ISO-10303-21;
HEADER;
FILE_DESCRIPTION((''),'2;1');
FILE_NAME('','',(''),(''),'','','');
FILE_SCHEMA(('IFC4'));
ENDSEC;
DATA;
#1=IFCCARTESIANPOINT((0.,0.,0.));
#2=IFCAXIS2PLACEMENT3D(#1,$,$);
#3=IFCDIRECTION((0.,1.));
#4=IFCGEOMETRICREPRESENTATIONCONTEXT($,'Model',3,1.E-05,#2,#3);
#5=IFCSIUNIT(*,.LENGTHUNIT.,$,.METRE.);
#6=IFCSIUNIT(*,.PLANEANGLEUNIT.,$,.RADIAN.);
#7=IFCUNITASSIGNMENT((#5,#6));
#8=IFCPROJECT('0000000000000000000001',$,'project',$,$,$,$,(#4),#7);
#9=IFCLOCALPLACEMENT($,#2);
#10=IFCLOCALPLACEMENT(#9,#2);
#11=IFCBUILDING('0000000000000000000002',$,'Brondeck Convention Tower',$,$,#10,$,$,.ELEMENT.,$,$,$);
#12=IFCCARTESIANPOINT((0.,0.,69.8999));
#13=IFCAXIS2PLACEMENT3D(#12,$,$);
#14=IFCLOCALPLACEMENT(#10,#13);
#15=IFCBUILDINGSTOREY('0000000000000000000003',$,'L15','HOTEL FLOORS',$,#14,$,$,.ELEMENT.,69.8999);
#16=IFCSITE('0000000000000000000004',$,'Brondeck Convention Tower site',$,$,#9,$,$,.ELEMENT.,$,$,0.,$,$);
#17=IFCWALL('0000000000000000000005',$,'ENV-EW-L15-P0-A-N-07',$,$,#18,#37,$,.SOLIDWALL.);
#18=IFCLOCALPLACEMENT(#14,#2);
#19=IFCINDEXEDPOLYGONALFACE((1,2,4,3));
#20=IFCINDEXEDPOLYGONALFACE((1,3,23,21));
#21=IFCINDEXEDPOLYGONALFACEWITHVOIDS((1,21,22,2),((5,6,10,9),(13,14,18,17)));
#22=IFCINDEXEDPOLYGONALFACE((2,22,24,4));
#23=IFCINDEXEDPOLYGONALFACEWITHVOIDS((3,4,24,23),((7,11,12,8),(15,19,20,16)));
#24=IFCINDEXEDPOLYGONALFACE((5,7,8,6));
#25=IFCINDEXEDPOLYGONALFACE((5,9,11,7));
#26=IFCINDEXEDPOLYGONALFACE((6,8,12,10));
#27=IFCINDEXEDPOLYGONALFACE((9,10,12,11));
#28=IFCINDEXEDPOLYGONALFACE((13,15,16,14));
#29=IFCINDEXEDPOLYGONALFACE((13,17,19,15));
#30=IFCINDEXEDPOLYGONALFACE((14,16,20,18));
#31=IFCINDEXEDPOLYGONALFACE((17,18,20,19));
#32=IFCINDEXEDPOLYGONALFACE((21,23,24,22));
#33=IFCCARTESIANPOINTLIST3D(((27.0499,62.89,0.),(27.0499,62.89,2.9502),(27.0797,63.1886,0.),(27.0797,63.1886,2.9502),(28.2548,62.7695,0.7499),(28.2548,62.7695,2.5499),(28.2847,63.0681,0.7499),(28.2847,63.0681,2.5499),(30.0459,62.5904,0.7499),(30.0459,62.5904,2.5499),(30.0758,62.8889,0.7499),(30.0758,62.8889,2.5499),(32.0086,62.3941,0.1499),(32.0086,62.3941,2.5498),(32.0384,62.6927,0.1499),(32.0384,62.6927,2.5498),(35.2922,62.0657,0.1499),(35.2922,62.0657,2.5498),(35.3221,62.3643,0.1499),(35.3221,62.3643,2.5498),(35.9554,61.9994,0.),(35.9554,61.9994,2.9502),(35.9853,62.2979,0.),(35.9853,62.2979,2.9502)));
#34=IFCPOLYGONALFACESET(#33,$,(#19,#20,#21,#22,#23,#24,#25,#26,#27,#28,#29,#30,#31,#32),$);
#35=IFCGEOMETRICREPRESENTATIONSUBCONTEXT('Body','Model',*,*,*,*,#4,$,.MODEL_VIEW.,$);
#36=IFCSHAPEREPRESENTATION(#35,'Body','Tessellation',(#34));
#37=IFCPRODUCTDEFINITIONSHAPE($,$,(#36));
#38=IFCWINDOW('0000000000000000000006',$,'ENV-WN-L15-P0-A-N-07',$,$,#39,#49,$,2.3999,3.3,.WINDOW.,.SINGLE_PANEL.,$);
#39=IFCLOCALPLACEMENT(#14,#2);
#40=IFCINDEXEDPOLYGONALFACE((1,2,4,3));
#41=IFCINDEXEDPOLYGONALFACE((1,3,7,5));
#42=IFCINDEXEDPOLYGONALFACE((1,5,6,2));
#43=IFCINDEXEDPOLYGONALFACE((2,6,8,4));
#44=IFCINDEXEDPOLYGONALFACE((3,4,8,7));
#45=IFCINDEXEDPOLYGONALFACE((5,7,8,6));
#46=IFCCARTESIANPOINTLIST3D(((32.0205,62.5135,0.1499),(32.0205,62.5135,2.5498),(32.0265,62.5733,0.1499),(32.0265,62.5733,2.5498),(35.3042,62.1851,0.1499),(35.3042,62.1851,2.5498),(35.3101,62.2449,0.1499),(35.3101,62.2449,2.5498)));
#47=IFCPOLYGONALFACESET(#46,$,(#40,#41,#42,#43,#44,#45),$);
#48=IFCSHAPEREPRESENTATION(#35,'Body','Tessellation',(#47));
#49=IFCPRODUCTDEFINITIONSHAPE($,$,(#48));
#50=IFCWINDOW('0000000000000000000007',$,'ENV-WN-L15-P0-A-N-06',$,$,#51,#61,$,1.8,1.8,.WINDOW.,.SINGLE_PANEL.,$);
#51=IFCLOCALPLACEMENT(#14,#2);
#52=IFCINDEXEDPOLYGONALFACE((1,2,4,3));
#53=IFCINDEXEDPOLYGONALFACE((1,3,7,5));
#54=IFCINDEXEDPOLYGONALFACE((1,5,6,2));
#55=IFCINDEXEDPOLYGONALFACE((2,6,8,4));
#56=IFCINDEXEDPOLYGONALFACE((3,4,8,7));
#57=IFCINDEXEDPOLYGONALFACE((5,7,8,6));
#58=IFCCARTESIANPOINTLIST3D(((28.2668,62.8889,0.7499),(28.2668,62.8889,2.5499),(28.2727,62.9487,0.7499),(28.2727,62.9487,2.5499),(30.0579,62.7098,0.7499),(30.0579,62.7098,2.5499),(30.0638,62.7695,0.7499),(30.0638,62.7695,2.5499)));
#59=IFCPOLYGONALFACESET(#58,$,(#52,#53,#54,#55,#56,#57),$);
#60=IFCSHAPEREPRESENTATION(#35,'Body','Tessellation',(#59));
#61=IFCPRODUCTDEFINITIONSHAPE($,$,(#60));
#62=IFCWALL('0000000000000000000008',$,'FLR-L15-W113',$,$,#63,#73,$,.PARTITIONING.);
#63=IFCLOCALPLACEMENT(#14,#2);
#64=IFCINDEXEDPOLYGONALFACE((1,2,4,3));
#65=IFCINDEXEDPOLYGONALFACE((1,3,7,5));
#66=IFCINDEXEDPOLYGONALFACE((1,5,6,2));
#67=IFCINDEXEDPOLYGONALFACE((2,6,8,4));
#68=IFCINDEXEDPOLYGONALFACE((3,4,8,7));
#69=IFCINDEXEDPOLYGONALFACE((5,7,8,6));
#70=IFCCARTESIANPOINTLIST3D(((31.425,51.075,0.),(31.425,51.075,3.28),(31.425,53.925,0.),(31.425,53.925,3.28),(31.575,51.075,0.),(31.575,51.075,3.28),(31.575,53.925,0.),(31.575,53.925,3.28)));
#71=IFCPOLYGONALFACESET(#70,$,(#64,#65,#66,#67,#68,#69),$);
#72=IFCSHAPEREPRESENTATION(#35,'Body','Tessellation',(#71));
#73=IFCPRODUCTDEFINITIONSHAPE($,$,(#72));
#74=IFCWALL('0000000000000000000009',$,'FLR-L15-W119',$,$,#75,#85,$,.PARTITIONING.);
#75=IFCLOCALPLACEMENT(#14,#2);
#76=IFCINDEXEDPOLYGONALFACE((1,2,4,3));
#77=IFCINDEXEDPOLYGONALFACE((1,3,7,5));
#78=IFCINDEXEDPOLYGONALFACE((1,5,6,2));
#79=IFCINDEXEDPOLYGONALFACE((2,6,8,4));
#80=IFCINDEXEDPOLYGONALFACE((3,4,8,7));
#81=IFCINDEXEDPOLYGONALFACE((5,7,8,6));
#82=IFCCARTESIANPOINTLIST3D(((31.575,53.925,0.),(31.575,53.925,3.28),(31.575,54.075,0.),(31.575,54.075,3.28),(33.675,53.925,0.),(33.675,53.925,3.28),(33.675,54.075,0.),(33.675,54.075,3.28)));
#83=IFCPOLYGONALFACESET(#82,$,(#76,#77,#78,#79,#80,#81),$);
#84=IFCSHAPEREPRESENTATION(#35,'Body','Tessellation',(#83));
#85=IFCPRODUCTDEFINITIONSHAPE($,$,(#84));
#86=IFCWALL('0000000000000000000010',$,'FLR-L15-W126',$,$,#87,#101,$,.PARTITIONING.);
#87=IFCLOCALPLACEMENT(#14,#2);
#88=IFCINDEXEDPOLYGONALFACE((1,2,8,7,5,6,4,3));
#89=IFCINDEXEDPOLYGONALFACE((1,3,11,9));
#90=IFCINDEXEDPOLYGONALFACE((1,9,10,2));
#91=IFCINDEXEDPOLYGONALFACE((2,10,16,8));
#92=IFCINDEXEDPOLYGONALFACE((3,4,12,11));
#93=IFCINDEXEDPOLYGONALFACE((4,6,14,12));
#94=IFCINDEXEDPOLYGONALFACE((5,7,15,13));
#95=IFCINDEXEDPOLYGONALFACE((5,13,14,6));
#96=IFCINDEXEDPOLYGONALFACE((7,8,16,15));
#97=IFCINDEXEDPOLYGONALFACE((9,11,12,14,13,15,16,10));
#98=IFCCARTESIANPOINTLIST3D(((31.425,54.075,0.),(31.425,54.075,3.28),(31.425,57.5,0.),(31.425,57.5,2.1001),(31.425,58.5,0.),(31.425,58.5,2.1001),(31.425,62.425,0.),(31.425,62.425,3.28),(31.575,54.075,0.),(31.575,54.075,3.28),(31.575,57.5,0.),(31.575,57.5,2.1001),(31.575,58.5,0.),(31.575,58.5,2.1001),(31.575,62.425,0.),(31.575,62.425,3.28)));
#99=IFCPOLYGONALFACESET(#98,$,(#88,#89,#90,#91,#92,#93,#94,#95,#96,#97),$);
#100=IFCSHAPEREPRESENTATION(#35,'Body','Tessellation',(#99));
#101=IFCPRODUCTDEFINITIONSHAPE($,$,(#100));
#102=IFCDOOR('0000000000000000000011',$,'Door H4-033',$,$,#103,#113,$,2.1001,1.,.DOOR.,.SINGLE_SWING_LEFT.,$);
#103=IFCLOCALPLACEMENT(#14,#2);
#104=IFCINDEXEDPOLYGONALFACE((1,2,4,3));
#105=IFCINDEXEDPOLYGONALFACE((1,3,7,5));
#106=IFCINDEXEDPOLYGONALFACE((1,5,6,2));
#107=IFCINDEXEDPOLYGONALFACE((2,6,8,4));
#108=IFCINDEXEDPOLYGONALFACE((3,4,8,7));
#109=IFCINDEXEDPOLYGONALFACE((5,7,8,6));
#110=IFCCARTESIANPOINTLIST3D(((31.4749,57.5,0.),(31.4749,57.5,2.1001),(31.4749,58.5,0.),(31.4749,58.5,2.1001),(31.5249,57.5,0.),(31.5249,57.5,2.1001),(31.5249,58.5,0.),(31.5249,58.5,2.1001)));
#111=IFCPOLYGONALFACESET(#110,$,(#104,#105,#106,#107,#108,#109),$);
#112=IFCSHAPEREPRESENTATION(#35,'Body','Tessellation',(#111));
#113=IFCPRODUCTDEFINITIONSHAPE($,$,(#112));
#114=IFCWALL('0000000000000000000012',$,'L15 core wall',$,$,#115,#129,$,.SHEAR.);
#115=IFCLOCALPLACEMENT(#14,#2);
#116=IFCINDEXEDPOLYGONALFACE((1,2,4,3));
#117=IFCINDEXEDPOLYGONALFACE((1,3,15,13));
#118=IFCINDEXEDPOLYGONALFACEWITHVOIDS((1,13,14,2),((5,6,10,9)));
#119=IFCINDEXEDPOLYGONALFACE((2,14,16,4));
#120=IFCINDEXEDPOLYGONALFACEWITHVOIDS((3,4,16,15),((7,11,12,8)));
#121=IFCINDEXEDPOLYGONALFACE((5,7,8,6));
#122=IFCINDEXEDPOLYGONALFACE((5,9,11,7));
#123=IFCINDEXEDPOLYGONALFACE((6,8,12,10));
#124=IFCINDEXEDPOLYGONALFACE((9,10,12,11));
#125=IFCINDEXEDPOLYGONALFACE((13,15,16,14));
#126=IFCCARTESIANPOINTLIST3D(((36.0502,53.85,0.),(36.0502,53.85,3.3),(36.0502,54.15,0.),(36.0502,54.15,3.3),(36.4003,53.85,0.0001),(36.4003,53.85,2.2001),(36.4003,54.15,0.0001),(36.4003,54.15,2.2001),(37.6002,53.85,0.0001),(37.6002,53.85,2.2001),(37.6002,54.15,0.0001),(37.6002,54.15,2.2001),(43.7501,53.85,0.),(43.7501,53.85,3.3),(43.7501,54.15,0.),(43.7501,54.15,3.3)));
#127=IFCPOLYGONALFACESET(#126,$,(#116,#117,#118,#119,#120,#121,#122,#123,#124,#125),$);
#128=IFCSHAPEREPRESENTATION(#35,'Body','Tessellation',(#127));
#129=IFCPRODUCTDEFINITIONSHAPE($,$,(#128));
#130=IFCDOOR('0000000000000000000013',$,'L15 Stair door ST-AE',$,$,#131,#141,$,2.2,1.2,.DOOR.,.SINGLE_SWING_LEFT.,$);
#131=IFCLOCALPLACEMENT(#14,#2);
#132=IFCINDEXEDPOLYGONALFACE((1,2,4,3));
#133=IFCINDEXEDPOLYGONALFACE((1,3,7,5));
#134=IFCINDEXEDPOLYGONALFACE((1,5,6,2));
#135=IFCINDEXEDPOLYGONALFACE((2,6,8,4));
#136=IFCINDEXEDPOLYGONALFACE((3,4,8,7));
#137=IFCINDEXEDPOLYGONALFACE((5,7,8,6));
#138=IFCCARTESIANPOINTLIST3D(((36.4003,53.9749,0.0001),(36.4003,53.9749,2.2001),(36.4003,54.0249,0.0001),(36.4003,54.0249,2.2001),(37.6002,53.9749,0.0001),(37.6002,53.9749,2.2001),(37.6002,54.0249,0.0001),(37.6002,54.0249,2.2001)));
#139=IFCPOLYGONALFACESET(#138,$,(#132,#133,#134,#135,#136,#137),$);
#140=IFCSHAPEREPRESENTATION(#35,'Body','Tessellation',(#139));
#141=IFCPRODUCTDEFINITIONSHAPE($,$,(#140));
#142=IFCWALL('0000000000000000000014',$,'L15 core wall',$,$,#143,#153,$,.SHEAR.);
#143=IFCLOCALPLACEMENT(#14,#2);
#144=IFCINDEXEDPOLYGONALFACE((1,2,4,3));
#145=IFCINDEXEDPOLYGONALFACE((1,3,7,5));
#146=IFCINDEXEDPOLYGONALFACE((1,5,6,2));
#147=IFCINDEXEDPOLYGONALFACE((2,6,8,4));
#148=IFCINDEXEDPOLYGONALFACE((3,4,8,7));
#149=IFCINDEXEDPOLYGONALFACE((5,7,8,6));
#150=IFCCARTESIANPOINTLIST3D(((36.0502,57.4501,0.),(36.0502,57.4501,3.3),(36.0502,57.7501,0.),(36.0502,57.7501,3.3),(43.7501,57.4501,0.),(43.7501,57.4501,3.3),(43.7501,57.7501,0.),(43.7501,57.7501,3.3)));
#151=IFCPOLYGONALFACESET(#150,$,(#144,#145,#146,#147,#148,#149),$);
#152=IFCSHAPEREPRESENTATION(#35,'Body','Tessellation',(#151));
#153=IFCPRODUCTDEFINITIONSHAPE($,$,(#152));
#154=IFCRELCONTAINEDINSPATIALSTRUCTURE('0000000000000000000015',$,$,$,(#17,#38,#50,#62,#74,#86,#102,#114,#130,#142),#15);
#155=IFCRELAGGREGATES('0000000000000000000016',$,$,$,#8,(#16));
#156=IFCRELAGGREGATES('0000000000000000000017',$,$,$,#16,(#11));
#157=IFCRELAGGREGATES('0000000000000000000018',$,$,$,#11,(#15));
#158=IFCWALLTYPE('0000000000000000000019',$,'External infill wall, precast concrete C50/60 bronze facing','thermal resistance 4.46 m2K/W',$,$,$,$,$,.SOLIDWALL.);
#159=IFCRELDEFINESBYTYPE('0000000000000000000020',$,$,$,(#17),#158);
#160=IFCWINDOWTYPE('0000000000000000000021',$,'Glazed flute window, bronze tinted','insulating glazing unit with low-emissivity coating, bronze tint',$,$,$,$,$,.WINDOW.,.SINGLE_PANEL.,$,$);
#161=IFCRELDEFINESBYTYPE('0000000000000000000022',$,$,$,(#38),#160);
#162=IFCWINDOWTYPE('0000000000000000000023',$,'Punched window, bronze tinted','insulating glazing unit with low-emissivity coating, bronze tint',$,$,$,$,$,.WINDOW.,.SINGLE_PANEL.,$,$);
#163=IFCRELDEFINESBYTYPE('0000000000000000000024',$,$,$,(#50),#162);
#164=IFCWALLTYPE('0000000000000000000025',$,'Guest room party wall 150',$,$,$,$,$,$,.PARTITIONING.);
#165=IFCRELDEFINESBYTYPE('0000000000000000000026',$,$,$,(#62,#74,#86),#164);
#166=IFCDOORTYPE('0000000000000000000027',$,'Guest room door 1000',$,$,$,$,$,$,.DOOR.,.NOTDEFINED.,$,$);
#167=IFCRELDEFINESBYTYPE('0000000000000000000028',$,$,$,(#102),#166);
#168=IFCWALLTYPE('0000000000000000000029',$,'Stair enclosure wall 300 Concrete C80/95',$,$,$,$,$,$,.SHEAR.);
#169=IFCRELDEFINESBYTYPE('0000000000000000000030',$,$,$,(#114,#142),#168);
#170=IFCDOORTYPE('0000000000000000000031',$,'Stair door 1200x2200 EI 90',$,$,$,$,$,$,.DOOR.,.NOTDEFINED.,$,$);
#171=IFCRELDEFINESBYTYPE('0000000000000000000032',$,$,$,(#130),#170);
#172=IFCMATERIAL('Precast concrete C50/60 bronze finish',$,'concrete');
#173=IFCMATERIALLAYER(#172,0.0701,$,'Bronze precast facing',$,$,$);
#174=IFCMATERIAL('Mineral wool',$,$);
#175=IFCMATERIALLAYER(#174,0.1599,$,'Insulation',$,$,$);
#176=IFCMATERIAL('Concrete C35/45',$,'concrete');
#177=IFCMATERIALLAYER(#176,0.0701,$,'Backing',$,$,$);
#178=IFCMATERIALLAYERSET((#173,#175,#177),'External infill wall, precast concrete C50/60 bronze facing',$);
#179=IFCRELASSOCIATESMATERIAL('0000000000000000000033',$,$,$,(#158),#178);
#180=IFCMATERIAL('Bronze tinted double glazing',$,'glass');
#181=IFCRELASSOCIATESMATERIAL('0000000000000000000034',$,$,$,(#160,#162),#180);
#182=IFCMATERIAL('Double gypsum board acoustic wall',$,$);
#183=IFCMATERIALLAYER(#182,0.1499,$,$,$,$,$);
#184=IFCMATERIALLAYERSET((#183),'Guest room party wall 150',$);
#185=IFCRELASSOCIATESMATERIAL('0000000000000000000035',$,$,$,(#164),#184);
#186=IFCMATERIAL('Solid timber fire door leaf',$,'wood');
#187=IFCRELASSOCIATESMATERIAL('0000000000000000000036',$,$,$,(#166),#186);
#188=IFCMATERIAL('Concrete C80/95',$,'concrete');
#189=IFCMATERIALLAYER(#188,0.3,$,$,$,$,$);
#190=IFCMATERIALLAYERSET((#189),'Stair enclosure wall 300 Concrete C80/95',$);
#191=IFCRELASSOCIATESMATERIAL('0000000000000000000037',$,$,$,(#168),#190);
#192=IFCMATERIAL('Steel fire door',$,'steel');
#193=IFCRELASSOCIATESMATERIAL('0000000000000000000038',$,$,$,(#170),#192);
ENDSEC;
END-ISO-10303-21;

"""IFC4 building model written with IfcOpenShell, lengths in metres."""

from ifc_helpers import new_model, si_unit, direction, frame, frame_2d, origin, place, context, subcontext, project, spatial, rectangle, extrude, material, layer, layer_set, type_object, element, fill, save


model = new_model("IFC4")

# Units and contexts
model_context = context("Model", 3, precision=1e-05, world=origin(), true_north=direction((0.0, 1.0)))
body_context = subcontext(model_context, "Body", "Model", "MODEL_VIEW")
ifc_project = project(units=[si_unit("LENGTHUNIT", "METRE"), si_unit("PLANEANGLEUNIT", "RADIAN")], contexts=[model_context])

# Site, building, storey
site_placement = place(None, origin())
site = spatial("IfcSite", under=ifc_project, at=site_placement, Name="Brondeck Convention Tower site", CompositionType="ELEMENT", RefElevation=0.0)
building_placement = place(site_placement, origin())
building = spatial("IfcBuilding", under=site, at=building_placement, Name="Brondeck Convention Tower", CompositionType="ELEMENT")
storey_placement = place(building_placement, frame((0.0, 0.0, 69.8999)))
storey = spatial("IfcBuildingStorey", under=building, at=storey_placement, Name="L15", Description="HOTEL FLOORS", CompositionType="ELEMENT", Elevation=69.8999)

# Shared definitions
ifc_material_1 = material(Name="Concrete C80/95", Category="concrete")

# Wall, openings, windows
ifc_material_2 = material(Name="Precast concrete C50/60 bronze finish", Category="concrete")
ifc_layer_1 = layer(ifc_material_2, 0.0701, Name="Bronze precast facing")
ifc_material_3 = material(Name="Mineral wool")
ifc_layer_2 = layer(ifc_material_3, 0.1599, Name="Insulation")
ifc_material_4 = material(Name="Concrete C35/45", Category="concrete")
ifc_layer_3 = layer(ifc_material_4, 0.0701, Name="Backing")
ifc_layer_set_1 = layer_set([ifc_layer_1, ifc_layer_2, ifc_layer_3], Name="External infill wall, precast concrete C50/60 bronze facing")
wall_type_1 = type_object("IfcWallType", Name="External infill wall, precast concrete C50/60 bronze facing", Description="thermal resistance 4.46 m2K/W", PredefinedType="SOLIDWALL", material=ifc_layer_set_1)
ifc_material_5 = material(Name="Bronze tinted double glazing", Category="glass")
window_type_1 = type_object("IfcWindowType", Name="Glazed flute window, bronze tinted", Description="insulating glazing unit with low-emissivity coating, bronze tint", PartitioningType="SINGLE_PANEL", PredefinedType="WINDOW", material=ifc_material_5)
window_type_2 = type_object("IfcWindowType", Name="Punched window, bronze tinted", Description="insulating glazing unit with low-emissivity coating, bronze tint", PartitioningType="SINGLE_PANEL", PredefinedType="WINDOW", material=ifc_material_5)
wall_1_placement = place(storey_placement, frame((27.0647, 63.0393, 0.0), z_axis=(0.0, 0.0, 1.0), x_axis=(0.995036, -0.099512, 0.0)))
wall_1 = element("IfcWall", 1, at=wall_1_placement, inside=storey, type_object=wall_type_1, Name="ENV-EW-L15-P0-A-N-07", PredefinedType="SOLIDWALL", context=body_context, shape_type="SweptSolid", body=[
    extrude(rectangle(XDim=8.95, YDim=0.3, at=frame_2d((4.4751, 0.0))), origin(), (0.0, 0.0, 1.0), 2.9502),
])
opening_1_placement = place(wall_1_placement, frame((1.2112, 0.0, 0.75)))
opening_1 = element("IfcOpeningElement", 2, at=opening_1_placement, cuts=wall_1, PredefinedType="OPENING", context=body_context, shape_type="SweptSolid", body=[
    extrude(rectangle(XDim=1.8, YDim=1.8, at=frame_2d((0.8999, 0.8999))), frame((0.0, 0.1599, 0.0), z_axis=(0.0, -1.0, 0.0), x_axis=(1.0, 0.0, 0.0)), (0.0, 0.0, 1.0), 0.3201),
])
opening_2_placement = place(wall_1_placement, frame((4.9836, 0.0, 0.1499)))
opening_2 = element("IfcOpeningElement", 3, at=opening_2_placement, cuts=wall_1, PredefinedType="OPENING", context=body_context, shape_type="SweptSolid", body=[
    extrude(rectangle(XDim=3.3, YDim=2.3999, at=frame_2d((1.6499, 1.2))), frame((0.0, 0.1599, 0.0), z_axis=(0.0, -1.0, 0.0), x_axis=(1.0, 0.0, 0.0)), (0.0, 0.0, 1.0), 0.3201),
])
window_1_placement = place(opening_2_placement, origin())
window_1 = element("IfcWindow", 4, at=window_1_placement, inside=storey, type_object=window_type_1, Name="ENV-WN-L15-P0-A-N-07", OverallHeight=2.3999, OverallWidth=3.3, PartitioningType="SINGLE_PANEL", PredefinedType="WINDOW", context=body_context, shape_type="SweptSolid", body=[
    extrude(rectangle(XDim=3.3, YDim=2.3999, at=frame_2d((1.6499, 1.2))), frame((0.0, 0.03, 0.0), z_axis=(0.0, -1.0, 0.0), x_axis=(1.0, 0.0, 0.0)), (0.0, 0.0, 1.0), 0.0601),
])
fill(opening_2, window_1)
window_2_placement = place(opening_1_placement, origin())
window_2 = element("IfcWindow", 5, at=window_2_placement, inside=storey, type_object=window_type_2, Name="ENV-WN-L15-P0-A-N-06", OverallHeight=1.8, OverallWidth=1.8, PartitioningType="SINGLE_PANEL", PredefinedType="WINDOW", context=body_context, shape_type="SweptSolid", body=[
    extrude(rectangle(XDim=1.8, YDim=1.8, at=frame_2d((0.8999, 0.8999))), frame((0.0, 0.03, 0.0), z_axis=(0.0, -1.0, 0.0), x_axis=(1.0, 0.0, 0.0)), (0.0, 0.0, 1.0), 0.0601),
])
fill(opening_1, window_2)

# Walls
ifc_material_6 = material(Name="Double gypsum board acoustic wall")
ifc_layer_4 = layer(ifc_material_6, 0.1499)
ifc_layer_set_2 = layer_set([ifc_layer_4], Name="Guest room party wall 150")
wall_type_2 = type_object("IfcWallType", Name="Guest room party wall 150", PredefinedType="PARTITIONING", material=ifc_layer_set_2)
wall_2_placement = place(storey_placement, frame((31.5, 53.925, 0.0), z_axis=(0.0, 0.0, 1.0), x_axis=(0.0, -1.0, 0.0)))
element("IfcWall", 6, at=wall_2_placement, inside=storey, type_object=wall_type_2, Name="FLR-L15-W113", PredefinedType="PARTITIONING", context=body_context, shape_type="SweptSolid", body=[
    extrude(rectangle(XDim=2.8501, YDim=0.1499, at=frame_2d((1.425, 0.0))), origin(), (0.0, 0.0, 1.0), 3.28),
])
wall_3_placement = place(storey_placement, frame((33.675, 54.0, 0.0), z_axis=(0.0, 0.0, 1.0), x_axis=(-1.0, 0.0, 0.0)))
element("IfcWall", 7, at=wall_3_placement, inside=storey, type_object=wall_type_2, Name="FLR-L15-W119", PredefinedType="PARTITIONING", context=body_context, shape_type="SweptSolid", body=[
    extrude(rectangle(XDim=2.1001, YDim=0.1499, at=frame_2d((1.05, 0.0))), origin(), (0.0, 0.0, 1.0), 3.28),
])

# Walls, openings, doors
wall_4_placement = place(storey_placement, frame((31.5, 62.425, 0.0), z_axis=(0.0, 0.0, 1.0), x_axis=(0.0, -1.0, 0.0)))
wall_4 = element("IfcWall", 8, at=wall_4_placement, inside=storey, type_object=wall_type_2, Name="FLR-L15-W126", PredefinedType="PARTITIONING", context=body_context, shape_type="SweptSolid", body=[
    extrude(rectangle(XDim=8.3501, YDim=0.1499, at=frame_2d((4.175, 0.0))), origin(), (0.0, 0.0, 1.0), 3.28),
])
opening_3_placement = place(wall_4_placement, frame((3.925, 0.0, 0.0)))
opening_3 = element("IfcOpeningElement", 9, at=opening_3_placement, cuts=wall_4, PredefinedType="OPENING", context=body_context, shape_type="SweptSolid", body=[
    extrude(rectangle(XDim=1.0, YDim=2.1001, at=frame_2d((0.5, 1.05))), frame((0.0, 0.085, 0.0), z_axis=(0.0, -1.0, 0.0), x_axis=(1.0, 0.0, 0.0)), (0.0, 0.0, 1.0), 0.1699),
])
ifc_material_7 = material(Name="Solid timber fire door leaf", Category="wood")
door_type_1 = type_object("IfcDoorType", Name="Guest room door 1000", OperationType="NOTDEFINED", PredefinedType="DOOR", material=ifc_material_7)
door_1_placement = place(opening_3_placement, origin())
door_1 = element("IfcDoor", 10, at=door_1_placement, inside=storey, type_object=door_type_1, Name="Door H4-033", OperationType="SINGLE_SWING_LEFT", OverallHeight=2.1001, OverallWidth=1.0, PredefinedType="DOOR", context=body_context, shape_type="SweptSolid", body=[
    extrude(rectangle(XDim=1.0, YDim=2.1001, at=frame_2d((0.5, 1.05))), frame((0.0, 0.0249, 0.0), z_axis=(0.0, -1.0, 0.0), x_axis=(1.0, 0.0, 0.0)), (0.0, 0.0, 1.0), 0.05),
])
fill(opening_3, door_1)
ifc_layer_5 = layer(ifc_material_1, 0.3)
ifc_layer_set_3 = layer_set([ifc_layer_5], Name="Stair enclosure wall 300 Concrete C80/95")
wall_type_3 = type_object("IfcWallType", Name="Stair enclosure wall 300 Concrete C80/95", PredefinedType="SHEAR", material=ifc_layer_set_3)
wall_5_placement = place(storey_placement, frame((36.05, 54.0, 0.0), z_axis=(0.0, 0.0, 1.0), x_axis=(1.0, 0.0, 0.0)))
wall_5 = element("IfcWall", 11, at=wall_5_placement, inside=storey, type_object=wall_type_3, Name="L15 core wall", PredefinedType="SHEAR", context=body_context, shape_type="SweptSolid", body=[
    extrude(rectangle(XDim=7.7, YDim=0.3, at=frame_2d((3.8501, 0.0))), origin(), (0.0, 0.0, 1.0), 3.3),
])
opening_4_placement = place(wall_5_placement, frame((0.3501, 0.0, 0.0)))
opening_4 = element("IfcOpeningElement", 12, at=opening_4_placement, cuts=wall_5, PredefinedType="OPENING", context=body_context, shape_type="SweptSolid", body=[
    extrude(rectangle(XDim=1.2, YDim=2.2, at=frame_2d((0.6001, 1.1001))), frame((0.0, 0.1599, 0.0), z_axis=(0.0, -1.0, 0.0), x_axis=(1.0, 0.0, 0.0)), (0.0, 0.0, 1.0), 0.3201),
])
ifc_material_8 = material(Name="Steel fire door", Category="steel")
door_type_2 = type_object("IfcDoorType", Name="Stair door 1200x2200 EI 90", OperationType="NOTDEFINED", PredefinedType="DOOR", material=ifc_material_8)
door_2_placement = place(opening_4_placement, origin())
door_2 = element("IfcDoor", 13, at=door_2_placement, inside=storey, type_object=door_type_2, Name="L15 Stair door ST-AE", OperationType="SINGLE_SWING_LEFT", OverallHeight=2.2, OverallWidth=1.2, PredefinedType="DOOR", context=body_context, shape_type="SweptSolid", body=[
    extrude(rectangle(XDim=1.2, YDim=2.2, at=frame_2d((0.6001, 1.1001))), frame((0.0, 0.0249, 0.0), z_axis=(0.0, -1.0, 0.0), x_axis=(1.0, 0.0, 0.0)), (0.0, 0.0, 1.0), 0.05),
])
fill(opening_4, door_2)

# Wall
wall_6_placement = place(storey_placement, frame((36.05, 57.6001, 0.0), z_axis=(0.0, 0.0, 1.0), x_axis=(1.0, 0.0, 0.0)))
element("IfcWall", 14, at=wall_6_placement, inside=storey, type_object=wall_type_3, Name="L15 core wall", PredefinedType="SHEAR", context=body_context, shape_type="SweptSolid", body=[
    extrude(rectangle(XDim=7.7, YDim=0.3, at=frame_2d((3.8501, 0.0))), origin(), (0.0, 0.0, 1.0), 3.3),
])

save(model, "model.ifc")
